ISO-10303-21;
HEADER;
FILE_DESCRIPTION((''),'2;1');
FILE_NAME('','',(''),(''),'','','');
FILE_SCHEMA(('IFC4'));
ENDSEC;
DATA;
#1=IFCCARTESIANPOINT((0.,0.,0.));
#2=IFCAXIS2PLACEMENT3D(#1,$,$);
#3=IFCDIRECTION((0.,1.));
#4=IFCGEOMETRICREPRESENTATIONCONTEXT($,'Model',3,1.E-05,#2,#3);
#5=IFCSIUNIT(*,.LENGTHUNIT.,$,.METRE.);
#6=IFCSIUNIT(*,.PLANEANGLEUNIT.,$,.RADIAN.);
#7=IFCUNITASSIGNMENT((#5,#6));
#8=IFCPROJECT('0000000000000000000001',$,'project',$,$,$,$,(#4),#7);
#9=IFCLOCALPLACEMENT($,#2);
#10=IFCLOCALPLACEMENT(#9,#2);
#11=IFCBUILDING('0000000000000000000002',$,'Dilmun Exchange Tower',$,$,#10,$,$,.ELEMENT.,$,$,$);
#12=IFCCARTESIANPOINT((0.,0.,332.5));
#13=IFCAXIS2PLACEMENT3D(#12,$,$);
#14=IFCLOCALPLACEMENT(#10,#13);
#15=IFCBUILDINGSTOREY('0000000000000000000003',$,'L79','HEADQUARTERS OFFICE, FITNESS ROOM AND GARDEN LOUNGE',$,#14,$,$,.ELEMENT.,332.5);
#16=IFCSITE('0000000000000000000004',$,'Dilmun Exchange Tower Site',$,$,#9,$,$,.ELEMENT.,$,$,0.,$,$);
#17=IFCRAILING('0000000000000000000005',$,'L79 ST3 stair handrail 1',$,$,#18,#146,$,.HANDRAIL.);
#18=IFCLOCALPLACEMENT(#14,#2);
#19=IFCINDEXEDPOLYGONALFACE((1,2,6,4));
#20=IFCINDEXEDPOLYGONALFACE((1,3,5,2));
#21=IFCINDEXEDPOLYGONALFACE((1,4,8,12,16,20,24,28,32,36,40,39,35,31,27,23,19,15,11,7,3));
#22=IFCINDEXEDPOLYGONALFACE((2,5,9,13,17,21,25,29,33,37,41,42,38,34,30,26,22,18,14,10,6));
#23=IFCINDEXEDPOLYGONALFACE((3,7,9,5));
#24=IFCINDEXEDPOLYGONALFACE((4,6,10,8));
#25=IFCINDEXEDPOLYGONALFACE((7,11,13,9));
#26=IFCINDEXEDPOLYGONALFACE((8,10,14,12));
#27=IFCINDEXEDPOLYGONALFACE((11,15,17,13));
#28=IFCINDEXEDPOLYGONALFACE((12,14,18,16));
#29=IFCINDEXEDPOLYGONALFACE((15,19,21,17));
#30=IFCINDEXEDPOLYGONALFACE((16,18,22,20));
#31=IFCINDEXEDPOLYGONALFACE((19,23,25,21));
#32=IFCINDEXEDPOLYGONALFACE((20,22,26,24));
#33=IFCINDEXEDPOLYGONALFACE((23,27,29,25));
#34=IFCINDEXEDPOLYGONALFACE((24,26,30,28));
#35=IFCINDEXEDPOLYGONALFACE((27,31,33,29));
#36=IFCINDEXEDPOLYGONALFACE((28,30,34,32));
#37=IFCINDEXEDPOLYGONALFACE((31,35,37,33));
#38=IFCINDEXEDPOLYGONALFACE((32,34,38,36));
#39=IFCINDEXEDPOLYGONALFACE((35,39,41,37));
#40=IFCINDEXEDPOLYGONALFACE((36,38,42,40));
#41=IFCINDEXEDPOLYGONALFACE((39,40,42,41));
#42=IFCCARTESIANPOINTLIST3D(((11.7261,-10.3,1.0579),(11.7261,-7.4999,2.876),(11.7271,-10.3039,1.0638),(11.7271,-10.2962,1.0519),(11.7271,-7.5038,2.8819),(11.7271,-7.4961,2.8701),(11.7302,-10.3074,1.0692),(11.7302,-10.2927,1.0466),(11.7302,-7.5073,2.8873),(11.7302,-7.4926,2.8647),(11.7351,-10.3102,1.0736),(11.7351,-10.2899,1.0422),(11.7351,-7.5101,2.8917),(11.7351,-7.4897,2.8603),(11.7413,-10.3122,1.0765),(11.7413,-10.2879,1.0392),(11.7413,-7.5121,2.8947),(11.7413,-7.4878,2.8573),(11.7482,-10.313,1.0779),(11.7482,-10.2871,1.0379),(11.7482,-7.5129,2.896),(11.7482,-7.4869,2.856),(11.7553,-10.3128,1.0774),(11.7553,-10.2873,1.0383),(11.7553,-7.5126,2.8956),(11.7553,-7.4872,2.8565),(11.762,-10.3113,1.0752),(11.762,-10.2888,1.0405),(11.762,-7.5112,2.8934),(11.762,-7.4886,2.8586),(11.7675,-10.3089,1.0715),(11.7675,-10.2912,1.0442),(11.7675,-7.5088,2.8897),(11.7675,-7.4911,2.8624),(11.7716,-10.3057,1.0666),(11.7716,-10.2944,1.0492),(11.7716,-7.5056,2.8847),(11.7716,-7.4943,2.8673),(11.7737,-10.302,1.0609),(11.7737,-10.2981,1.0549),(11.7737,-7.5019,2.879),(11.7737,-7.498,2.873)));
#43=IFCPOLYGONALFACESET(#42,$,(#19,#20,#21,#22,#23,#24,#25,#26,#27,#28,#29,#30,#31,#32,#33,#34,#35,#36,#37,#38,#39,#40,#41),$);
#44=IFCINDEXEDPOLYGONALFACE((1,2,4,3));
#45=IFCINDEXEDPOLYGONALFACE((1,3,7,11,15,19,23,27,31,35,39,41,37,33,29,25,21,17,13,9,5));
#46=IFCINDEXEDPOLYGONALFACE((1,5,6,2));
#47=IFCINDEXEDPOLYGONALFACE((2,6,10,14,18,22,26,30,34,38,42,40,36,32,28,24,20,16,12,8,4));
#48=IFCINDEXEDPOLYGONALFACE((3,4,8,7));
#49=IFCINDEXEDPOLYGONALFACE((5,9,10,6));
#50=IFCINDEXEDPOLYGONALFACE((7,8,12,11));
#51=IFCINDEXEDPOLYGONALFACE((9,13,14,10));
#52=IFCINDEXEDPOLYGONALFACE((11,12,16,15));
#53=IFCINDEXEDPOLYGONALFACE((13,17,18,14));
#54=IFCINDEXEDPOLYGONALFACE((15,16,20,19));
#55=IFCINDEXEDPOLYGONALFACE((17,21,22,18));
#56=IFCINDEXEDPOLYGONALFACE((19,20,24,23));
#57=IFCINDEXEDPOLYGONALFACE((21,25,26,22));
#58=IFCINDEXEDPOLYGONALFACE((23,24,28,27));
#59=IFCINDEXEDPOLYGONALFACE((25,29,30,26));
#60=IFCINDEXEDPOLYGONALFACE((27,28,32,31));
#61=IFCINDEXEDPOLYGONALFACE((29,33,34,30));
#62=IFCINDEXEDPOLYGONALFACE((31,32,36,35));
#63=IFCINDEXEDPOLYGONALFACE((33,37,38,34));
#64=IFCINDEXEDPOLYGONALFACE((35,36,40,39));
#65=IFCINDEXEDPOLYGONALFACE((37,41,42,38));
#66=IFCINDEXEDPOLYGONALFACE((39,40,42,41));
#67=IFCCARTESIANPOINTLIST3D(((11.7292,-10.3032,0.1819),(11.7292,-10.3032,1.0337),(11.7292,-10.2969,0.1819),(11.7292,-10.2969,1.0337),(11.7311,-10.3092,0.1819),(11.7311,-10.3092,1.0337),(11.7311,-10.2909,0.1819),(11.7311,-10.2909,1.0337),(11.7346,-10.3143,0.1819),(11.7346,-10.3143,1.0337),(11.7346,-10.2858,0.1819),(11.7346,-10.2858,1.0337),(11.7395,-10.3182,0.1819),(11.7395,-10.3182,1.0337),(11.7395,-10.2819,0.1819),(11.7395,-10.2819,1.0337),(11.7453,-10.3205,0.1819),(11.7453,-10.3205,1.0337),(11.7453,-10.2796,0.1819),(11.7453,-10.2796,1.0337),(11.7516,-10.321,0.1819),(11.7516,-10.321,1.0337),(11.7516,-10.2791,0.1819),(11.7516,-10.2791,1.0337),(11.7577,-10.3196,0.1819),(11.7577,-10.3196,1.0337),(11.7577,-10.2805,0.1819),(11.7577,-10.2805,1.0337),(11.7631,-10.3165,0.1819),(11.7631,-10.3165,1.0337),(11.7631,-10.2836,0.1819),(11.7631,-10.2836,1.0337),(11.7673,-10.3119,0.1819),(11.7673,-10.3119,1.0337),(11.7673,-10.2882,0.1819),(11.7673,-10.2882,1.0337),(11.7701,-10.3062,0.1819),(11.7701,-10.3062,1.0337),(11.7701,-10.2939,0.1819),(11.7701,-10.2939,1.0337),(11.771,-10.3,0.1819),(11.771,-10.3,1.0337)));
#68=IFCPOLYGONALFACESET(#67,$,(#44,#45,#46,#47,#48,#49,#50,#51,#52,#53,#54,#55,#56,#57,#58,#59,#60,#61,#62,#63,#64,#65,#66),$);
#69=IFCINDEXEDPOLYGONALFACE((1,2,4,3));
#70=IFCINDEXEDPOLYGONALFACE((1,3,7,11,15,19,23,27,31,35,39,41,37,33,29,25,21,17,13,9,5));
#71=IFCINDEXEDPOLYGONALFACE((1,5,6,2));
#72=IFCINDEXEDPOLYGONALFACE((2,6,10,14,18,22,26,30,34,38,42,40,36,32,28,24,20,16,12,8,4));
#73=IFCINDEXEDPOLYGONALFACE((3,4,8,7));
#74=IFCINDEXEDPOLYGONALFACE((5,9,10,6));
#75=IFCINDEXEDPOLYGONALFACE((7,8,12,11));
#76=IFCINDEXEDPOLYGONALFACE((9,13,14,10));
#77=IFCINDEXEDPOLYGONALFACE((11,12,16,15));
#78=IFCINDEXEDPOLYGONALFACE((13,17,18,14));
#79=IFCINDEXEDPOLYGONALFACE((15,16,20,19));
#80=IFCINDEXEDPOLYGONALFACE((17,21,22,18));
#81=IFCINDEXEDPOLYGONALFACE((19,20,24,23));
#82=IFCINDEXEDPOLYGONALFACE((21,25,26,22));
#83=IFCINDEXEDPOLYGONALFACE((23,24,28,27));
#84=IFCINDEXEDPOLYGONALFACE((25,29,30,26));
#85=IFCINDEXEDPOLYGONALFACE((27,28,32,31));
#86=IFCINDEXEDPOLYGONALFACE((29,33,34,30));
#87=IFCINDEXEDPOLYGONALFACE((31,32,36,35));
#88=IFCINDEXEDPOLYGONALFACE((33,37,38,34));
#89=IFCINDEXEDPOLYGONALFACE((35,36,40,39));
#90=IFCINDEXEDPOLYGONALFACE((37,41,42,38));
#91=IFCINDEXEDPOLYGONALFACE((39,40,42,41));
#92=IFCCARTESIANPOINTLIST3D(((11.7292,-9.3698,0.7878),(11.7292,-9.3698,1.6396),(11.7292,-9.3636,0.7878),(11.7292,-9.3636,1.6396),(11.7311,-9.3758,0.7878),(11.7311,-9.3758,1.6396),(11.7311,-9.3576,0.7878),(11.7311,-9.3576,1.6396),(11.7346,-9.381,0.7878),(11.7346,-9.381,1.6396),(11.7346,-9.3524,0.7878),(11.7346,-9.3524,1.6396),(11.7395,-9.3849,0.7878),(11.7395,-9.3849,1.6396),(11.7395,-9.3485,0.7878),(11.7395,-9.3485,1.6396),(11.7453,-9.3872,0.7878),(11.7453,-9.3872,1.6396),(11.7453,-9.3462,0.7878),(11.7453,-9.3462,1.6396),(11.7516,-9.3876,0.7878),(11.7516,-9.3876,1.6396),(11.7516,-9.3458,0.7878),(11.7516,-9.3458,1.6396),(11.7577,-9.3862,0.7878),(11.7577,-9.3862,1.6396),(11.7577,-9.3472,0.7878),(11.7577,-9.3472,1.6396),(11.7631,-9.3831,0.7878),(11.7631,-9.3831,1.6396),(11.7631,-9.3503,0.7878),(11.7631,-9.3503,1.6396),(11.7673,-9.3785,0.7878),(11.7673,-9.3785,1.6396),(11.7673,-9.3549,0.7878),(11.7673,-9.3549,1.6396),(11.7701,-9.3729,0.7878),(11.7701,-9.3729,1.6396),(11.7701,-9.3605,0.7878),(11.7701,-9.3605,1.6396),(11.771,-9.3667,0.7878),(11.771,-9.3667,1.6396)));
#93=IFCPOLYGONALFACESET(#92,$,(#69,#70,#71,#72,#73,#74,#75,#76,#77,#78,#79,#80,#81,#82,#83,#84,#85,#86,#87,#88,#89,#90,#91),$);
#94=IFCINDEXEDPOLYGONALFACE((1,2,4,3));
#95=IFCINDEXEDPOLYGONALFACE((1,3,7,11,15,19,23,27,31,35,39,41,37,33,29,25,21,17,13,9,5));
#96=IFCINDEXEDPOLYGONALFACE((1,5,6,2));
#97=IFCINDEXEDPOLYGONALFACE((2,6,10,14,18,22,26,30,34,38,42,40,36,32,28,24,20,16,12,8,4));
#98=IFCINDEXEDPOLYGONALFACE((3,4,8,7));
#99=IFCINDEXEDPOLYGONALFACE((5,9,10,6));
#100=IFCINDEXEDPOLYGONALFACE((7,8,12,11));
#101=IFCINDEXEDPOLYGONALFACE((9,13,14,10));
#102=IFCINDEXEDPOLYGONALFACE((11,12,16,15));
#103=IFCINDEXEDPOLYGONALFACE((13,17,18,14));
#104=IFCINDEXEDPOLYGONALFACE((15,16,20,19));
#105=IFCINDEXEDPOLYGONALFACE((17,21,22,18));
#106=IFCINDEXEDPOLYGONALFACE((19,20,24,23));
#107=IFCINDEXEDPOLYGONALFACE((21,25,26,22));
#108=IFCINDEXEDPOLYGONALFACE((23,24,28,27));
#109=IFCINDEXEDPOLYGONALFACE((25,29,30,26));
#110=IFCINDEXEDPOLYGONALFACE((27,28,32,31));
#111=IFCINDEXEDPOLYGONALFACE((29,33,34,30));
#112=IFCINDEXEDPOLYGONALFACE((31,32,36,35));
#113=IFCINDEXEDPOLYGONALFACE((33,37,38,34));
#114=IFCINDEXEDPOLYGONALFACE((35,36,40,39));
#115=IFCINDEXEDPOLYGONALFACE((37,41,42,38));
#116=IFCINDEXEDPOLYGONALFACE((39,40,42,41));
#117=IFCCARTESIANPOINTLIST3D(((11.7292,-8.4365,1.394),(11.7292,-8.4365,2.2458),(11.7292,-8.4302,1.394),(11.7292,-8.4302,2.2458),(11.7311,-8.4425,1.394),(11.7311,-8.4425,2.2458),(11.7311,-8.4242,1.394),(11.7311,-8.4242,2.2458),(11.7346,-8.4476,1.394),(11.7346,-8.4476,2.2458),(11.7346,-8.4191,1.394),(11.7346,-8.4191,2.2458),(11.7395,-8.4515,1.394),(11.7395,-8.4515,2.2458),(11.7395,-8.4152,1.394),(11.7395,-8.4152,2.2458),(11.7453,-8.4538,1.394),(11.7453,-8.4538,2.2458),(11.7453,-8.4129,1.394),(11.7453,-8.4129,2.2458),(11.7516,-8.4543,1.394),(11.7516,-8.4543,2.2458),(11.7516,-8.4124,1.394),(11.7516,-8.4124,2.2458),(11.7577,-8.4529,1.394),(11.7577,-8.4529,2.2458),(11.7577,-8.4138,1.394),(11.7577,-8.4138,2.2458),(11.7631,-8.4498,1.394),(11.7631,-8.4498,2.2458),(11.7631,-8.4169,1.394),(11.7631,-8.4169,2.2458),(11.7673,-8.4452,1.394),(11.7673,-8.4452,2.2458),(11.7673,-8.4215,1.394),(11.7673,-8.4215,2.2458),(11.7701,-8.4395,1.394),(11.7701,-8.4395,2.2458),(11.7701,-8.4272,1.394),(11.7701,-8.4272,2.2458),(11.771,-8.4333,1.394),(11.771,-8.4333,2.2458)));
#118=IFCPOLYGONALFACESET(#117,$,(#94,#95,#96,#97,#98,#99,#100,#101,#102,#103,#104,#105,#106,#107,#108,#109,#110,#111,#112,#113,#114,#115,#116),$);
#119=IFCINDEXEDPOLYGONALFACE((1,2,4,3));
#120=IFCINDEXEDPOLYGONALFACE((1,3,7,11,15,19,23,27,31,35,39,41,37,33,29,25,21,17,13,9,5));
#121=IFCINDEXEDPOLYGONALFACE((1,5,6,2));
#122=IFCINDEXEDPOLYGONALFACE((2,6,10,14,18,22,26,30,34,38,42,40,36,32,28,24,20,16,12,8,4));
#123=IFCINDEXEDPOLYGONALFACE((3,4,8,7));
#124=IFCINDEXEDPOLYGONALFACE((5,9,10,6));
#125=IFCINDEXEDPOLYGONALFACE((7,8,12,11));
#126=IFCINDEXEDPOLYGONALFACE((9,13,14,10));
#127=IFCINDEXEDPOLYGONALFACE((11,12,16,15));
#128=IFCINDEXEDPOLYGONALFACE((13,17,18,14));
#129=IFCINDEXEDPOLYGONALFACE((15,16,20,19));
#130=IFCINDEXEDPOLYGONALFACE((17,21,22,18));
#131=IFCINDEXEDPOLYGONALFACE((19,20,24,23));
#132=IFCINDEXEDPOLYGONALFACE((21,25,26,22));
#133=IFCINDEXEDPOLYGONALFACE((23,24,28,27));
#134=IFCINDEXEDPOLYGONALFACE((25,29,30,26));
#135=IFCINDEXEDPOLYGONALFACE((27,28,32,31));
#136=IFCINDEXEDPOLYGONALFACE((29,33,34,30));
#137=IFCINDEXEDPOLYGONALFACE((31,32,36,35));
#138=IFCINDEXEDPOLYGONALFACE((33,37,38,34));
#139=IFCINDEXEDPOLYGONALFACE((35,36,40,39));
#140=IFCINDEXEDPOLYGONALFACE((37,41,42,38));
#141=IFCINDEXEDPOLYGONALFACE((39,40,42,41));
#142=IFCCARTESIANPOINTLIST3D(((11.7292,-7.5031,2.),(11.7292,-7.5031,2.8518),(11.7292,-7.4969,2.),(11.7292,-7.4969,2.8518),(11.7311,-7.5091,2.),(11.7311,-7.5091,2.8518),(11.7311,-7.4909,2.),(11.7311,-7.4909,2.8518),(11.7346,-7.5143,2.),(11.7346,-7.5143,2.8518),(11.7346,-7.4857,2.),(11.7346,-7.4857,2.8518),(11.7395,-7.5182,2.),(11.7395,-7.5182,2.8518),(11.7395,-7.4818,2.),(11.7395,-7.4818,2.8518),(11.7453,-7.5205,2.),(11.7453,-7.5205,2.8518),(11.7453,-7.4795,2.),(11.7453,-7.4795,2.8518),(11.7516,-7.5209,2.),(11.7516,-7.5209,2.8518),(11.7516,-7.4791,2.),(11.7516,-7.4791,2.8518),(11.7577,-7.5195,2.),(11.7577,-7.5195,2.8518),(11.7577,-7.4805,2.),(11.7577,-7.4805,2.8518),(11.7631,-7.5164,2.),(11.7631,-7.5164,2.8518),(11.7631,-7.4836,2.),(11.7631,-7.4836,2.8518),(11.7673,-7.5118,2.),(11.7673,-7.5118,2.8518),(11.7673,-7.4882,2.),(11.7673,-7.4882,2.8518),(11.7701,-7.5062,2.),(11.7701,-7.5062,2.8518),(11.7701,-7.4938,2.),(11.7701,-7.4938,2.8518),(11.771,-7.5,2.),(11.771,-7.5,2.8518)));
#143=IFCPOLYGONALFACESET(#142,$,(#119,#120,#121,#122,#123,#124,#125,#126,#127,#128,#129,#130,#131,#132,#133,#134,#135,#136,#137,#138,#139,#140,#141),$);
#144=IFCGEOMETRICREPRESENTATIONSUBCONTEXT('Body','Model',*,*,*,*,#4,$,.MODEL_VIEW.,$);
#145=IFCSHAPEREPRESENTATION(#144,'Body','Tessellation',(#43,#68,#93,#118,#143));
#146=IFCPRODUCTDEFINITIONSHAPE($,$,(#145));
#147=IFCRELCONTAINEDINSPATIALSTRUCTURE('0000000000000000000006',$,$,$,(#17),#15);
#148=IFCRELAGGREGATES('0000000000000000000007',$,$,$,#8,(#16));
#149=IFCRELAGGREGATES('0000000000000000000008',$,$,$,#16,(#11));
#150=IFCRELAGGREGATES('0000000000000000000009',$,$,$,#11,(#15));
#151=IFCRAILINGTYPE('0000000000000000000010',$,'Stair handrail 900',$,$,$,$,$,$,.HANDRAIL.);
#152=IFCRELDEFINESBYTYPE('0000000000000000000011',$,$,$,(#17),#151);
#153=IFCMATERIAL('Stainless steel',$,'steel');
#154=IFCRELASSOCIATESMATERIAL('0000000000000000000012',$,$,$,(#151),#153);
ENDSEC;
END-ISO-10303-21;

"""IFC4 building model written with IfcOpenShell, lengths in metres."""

from ifc_helpers import new_model, si_unit, direction, frame, origin, origin_2d, place, context, subcontext, project, spatial, circle, extrude, material, type_object, element, save


model = new_model("IFC4")

# Units and contexts
model_context = context("Model", 3, precision=1e-05, world=origin(), true_north=direction((0.0, 1.0)))
body_context = subcontext(model_context, "Body", "Model", "MODEL_VIEW")
ifc_project = project(units=[si_unit("LENGTHUNIT", "METRE"), si_unit("PLANEANGLEUNIT", "RADIAN")], contexts=[model_context])

# Site, building, storey
site_placement = place(None, origin())
site = spatial("IfcSite", under=ifc_project, at=site_placement, Name="Dilmun Exchange Tower Site", CompositionType="ELEMENT", RefElevation=0.0)
building_placement = place(site_placement, origin())
building = spatial("IfcBuilding", under=site, at=building_placement, Name="Dilmun Exchange Tower", CompositionType="ELEMENT")
storey_placement = place(building_placement, frame((0.0, 0.0, 332.5)))
storey = spatial("IfcBuildingStorey", under=building, at=storey_placement, Name="L79", Description="HEADQUARTERS OFFICE, FITNESS ROOM AND GARDEN LOUNGE", CompositionType="ELEMENT", Elevation=332.5)

# Railing
ifc_material_1 = material(Name="Stainless steel", Category="steel")
railing_type = type_object("IfcRailingType", Name="Stair handrail 900", PredefinedType="HANDRAIL", material=ifc_material_1)
railing_placement = place(storey_placement, frame((11.75, -10.3, 0.1819)))
element("IfcRailing", 1, at=railing_placement, inside=storey, type_object=railing_type, Name="L79 ST3 stair handrail 1", PredefinedType="HANDRAIL", context=body_context, shape_type="SweptSolid", body=[
    extrude(circle(Radius=0.0239, at=origin_2d()), frame((0.0, 0.0, 0.876), z_axis=(0.0, 0.838706, 0.544585), x_axis=(-1.0, 0.0, 0.0)), (0.0, 0.0, 1.0), 3.3386),
    extrude(circle(Radius=0.021, at=origin_2d()), origin(), (0.0, 0.0, 1.0), 0.8518),
    extrude(circle(Radius=0.021, at=origin_2d()), frame((0.0, 0.9333, 0.606)), (0.0, 0.0, 1.0), 0.8518),
    extrude(circle(Radius=0.021, at=origin_2d()), frame((0.0, 1.8667, 1.2122)), (0.0, 0.0, 1.0), 0.8518),
    extrude(circle(Radius=0.021, at=origin_2d()), frame((0.0, 2.8, 1.8181)), (0.0, 0.0, 1.0), 0.8518),
])

save(model, "model.ifc")
